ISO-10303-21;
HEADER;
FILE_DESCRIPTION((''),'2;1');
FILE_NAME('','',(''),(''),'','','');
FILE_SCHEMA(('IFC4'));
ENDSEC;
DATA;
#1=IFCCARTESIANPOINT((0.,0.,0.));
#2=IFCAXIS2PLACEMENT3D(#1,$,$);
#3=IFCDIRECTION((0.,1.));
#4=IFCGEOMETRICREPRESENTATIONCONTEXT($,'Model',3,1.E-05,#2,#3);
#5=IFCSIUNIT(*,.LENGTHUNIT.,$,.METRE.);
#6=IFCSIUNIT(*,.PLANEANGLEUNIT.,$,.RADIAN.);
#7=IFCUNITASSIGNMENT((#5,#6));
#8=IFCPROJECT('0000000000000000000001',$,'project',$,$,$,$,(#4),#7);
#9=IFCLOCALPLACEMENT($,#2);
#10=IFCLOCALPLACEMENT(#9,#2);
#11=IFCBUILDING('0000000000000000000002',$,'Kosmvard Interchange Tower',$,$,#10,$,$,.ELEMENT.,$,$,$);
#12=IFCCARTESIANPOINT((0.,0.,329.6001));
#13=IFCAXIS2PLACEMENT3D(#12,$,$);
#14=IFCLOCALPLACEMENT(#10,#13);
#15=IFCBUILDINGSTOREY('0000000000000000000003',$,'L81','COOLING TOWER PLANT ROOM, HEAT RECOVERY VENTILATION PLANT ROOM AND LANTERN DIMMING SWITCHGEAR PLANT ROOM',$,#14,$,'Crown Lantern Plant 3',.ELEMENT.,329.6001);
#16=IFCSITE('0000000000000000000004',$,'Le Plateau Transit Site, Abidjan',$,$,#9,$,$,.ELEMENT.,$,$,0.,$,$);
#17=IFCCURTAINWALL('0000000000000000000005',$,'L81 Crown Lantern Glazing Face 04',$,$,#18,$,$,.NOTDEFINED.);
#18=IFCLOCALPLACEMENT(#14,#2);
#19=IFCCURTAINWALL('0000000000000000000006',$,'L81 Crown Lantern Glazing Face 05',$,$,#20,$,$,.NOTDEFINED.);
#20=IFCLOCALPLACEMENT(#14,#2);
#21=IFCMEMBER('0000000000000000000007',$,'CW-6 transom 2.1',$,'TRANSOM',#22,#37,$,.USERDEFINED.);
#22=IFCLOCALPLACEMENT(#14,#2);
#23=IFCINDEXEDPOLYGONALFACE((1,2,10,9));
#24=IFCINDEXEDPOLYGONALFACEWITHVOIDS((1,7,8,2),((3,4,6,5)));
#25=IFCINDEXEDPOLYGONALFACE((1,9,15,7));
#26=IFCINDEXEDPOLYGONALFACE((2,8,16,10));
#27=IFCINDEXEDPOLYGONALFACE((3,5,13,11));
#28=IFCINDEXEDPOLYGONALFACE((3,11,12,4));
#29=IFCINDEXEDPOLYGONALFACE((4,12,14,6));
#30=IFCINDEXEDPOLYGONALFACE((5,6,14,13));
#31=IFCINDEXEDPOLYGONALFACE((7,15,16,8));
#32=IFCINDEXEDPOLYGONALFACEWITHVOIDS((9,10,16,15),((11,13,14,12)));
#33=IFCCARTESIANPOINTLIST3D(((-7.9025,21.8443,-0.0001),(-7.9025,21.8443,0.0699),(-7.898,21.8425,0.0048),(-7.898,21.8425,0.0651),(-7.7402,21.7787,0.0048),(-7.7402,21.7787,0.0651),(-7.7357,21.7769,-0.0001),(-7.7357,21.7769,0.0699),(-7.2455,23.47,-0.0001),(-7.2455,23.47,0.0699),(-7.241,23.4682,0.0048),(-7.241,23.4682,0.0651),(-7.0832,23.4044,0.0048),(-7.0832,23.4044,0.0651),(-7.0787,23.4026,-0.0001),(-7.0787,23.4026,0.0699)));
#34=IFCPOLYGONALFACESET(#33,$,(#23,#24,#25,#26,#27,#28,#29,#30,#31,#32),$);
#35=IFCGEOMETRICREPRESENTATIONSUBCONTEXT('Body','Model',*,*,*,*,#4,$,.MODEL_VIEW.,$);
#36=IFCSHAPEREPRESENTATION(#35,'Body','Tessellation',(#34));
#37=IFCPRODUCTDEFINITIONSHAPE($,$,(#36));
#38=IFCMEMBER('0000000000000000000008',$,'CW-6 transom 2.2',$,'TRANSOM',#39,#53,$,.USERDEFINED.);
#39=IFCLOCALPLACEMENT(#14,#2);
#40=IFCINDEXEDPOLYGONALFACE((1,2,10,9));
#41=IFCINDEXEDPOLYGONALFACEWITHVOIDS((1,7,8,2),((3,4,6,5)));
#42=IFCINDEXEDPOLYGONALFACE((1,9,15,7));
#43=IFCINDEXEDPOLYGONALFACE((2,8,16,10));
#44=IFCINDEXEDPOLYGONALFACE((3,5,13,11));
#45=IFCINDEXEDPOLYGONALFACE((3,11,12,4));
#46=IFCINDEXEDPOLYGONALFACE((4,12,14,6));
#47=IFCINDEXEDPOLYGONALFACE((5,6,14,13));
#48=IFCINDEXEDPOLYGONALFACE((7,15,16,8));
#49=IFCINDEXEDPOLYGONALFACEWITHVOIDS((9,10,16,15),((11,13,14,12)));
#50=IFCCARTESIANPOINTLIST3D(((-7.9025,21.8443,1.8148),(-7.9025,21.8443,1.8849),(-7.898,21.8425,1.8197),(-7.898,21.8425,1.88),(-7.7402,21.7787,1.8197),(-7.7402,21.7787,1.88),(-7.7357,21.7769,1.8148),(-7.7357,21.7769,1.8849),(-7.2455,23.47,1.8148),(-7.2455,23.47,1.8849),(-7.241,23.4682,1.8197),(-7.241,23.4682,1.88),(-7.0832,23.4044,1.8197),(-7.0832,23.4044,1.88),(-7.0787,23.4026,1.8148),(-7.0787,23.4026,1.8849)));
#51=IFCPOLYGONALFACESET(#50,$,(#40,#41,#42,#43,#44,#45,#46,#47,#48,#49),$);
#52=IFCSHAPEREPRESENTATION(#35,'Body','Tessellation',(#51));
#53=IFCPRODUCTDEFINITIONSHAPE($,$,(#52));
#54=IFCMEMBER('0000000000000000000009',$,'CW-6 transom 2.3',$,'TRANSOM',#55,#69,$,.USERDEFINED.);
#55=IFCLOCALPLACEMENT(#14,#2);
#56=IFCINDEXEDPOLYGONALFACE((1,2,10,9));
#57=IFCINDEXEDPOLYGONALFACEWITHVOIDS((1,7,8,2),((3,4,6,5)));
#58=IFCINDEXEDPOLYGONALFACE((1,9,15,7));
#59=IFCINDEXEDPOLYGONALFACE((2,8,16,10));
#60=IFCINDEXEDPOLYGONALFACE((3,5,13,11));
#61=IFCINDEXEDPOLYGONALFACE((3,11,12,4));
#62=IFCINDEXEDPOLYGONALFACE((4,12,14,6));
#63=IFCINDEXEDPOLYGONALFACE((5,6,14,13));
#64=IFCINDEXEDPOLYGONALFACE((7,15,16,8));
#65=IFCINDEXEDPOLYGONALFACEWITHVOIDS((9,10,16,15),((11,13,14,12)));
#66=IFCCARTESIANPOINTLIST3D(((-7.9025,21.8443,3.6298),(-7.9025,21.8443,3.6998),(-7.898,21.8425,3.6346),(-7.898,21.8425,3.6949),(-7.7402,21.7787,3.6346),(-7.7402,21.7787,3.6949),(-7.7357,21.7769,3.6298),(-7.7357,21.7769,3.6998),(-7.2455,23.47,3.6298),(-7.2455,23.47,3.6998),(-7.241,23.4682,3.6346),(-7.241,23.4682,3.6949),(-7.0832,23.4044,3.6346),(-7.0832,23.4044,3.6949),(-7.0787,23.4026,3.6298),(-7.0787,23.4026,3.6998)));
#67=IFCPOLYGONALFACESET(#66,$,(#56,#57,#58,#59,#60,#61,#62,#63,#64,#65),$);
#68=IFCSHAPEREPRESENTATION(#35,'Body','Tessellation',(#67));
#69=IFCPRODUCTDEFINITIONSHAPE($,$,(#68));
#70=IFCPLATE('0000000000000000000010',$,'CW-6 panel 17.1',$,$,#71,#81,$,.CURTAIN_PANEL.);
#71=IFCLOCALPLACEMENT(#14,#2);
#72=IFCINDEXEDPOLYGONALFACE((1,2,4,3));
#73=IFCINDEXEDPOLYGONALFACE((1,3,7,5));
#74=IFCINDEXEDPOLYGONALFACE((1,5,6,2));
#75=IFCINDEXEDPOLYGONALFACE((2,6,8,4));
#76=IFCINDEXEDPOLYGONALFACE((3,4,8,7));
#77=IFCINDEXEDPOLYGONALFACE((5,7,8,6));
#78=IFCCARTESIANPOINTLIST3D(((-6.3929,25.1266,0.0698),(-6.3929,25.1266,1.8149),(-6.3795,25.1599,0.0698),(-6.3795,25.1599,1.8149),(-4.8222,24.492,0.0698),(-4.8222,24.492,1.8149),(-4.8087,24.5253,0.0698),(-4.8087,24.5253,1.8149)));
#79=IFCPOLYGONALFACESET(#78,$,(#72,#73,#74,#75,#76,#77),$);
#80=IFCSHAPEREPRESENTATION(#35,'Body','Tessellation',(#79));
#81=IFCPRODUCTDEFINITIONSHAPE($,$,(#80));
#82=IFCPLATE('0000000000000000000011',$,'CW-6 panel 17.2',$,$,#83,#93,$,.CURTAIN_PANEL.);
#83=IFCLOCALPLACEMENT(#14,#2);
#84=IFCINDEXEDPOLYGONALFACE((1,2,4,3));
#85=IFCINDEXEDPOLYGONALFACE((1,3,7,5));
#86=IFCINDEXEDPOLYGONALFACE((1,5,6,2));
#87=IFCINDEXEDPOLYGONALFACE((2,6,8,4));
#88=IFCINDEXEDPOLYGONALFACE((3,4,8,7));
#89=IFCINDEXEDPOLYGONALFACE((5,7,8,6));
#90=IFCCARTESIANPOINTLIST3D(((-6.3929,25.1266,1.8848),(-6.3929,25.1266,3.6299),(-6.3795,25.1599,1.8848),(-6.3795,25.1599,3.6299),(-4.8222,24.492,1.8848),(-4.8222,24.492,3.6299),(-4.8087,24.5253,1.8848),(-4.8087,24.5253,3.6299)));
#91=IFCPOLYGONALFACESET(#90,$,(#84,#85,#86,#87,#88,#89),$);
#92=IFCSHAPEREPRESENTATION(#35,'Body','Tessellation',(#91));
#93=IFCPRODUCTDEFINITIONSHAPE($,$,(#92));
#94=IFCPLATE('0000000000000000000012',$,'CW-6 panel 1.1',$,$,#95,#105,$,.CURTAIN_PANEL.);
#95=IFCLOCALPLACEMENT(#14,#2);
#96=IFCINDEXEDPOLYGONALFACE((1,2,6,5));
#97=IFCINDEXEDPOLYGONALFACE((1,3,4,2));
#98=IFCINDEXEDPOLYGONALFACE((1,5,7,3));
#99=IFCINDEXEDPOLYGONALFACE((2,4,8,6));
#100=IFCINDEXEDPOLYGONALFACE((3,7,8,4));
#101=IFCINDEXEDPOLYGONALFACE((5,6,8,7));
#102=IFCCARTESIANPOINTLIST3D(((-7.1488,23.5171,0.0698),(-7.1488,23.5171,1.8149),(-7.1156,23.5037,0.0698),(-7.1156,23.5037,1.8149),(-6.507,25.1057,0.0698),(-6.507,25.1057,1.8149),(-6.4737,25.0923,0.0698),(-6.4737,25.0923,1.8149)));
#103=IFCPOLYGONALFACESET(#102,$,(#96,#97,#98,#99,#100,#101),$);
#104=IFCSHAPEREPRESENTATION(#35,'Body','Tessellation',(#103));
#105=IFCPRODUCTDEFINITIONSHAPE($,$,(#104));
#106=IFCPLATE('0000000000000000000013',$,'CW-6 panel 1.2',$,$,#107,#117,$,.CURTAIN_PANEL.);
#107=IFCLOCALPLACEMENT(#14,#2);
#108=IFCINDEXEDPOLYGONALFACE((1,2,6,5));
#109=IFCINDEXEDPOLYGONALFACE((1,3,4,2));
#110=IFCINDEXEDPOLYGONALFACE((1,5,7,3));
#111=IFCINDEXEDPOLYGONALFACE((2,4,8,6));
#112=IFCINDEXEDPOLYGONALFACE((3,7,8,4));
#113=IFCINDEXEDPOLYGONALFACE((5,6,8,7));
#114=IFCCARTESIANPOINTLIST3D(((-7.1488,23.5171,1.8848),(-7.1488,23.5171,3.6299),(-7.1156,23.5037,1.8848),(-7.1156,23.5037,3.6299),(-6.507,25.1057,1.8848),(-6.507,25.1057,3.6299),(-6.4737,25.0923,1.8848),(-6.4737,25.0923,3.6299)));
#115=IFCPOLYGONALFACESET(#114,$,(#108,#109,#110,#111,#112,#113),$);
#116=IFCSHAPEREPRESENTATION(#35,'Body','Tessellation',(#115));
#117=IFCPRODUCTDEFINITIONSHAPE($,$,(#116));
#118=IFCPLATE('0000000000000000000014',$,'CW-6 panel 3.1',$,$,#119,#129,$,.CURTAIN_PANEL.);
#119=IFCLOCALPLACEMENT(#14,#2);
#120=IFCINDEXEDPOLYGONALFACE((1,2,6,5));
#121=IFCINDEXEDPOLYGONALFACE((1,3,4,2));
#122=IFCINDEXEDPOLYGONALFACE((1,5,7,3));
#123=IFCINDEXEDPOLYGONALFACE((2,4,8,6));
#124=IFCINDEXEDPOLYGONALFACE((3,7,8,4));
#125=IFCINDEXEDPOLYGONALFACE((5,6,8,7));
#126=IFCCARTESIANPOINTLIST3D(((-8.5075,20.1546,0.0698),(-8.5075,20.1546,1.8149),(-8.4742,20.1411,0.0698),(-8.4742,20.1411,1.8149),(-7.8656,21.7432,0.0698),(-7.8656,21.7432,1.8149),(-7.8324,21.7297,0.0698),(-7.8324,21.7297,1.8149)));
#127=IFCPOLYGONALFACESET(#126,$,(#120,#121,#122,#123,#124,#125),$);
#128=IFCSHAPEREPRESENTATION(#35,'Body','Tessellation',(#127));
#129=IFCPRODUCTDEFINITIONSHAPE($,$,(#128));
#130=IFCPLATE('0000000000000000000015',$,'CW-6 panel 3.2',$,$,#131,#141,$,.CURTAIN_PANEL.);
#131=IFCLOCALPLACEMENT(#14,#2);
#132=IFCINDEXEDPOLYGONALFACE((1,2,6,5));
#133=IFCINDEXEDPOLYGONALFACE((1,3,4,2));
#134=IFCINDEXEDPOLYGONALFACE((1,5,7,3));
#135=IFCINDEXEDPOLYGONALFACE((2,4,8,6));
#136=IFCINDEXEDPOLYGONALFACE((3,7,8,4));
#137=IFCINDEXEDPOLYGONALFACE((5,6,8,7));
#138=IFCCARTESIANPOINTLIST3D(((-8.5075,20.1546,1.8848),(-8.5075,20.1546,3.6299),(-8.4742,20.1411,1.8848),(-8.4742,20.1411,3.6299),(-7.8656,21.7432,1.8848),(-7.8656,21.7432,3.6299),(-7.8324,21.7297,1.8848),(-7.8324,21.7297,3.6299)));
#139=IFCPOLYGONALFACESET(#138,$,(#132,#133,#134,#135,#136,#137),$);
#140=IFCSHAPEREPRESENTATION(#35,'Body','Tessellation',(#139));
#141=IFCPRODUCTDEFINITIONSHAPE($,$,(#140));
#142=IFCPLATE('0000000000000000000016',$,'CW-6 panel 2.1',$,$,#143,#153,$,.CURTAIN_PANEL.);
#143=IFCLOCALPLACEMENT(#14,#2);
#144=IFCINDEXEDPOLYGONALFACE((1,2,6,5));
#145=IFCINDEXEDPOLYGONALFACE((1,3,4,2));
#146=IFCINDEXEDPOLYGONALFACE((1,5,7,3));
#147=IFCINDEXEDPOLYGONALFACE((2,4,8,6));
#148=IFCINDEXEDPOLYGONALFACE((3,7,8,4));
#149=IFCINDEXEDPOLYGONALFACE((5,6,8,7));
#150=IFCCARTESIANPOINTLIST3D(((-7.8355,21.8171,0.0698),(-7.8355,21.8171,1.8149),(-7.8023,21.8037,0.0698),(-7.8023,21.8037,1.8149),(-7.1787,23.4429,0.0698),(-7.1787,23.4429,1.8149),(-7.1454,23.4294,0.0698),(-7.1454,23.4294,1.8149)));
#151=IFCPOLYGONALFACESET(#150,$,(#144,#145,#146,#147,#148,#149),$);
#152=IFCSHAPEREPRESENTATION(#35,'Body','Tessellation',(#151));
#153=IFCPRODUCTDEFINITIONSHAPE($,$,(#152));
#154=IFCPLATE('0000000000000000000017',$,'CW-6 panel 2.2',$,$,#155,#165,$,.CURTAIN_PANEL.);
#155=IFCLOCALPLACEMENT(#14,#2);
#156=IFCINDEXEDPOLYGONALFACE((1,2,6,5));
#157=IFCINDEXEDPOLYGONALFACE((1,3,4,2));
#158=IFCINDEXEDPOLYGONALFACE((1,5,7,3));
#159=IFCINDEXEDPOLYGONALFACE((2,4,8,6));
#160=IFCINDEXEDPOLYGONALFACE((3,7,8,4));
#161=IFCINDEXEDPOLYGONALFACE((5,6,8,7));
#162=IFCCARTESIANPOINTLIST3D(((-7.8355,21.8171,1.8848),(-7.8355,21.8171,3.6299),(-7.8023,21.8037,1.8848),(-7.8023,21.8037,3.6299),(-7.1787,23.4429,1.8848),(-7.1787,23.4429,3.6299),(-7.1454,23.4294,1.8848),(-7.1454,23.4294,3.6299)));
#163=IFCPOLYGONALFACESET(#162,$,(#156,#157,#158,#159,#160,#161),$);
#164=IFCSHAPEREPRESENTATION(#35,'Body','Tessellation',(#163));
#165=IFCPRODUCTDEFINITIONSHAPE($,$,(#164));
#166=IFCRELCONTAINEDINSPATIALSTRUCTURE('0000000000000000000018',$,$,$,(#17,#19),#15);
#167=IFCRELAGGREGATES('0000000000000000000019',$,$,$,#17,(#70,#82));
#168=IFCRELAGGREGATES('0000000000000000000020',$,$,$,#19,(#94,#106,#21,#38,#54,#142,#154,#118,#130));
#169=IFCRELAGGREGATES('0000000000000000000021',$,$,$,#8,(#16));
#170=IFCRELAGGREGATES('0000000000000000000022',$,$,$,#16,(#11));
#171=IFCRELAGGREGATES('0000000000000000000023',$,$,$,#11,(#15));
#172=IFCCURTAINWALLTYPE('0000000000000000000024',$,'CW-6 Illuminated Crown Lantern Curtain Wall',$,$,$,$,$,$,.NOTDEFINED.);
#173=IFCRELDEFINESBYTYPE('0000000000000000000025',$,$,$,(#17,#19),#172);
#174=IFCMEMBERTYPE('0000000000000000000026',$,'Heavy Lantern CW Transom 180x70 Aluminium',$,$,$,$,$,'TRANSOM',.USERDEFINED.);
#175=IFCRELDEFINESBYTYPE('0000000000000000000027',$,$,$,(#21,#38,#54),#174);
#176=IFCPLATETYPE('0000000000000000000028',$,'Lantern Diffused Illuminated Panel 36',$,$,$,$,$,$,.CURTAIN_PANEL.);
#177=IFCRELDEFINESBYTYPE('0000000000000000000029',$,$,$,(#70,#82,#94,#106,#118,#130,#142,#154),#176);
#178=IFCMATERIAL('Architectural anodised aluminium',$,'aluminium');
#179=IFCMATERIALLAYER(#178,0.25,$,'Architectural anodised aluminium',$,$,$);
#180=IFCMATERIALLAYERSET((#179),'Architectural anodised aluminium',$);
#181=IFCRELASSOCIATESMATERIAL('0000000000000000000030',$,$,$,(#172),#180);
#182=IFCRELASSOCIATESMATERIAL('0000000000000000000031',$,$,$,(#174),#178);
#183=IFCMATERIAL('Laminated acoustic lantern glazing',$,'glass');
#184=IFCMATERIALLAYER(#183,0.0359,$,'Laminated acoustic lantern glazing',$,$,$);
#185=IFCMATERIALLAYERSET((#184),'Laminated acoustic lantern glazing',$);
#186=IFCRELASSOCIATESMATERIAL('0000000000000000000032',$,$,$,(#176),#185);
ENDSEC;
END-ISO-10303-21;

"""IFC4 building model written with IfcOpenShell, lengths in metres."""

from ifc_helpers import new_model, si_unit, direction, frame, origin, origin_2d, place, context, subcontext, project, spatial, rectangle, hollow_rectangle, extrude, source, transform, mapped, material, layer, layer_set, material_profile, profile_set, type_object, element, aggregate, save


model = new_model("IFC4")

# Units and contexts
model_context = context("Model", 3, precision=1e-05, world=origin(), true_north=direction((0.0, 1.0)))
body_context = subcontext(model_context, "Body", "Model", "MODEL_VIEW")
ifc_project = project(units=[si_unit("LENGTHUNIT", "METRE"), si_unit("PLANEANGLEUNIT", "RADIAN")], contexts=[model_context])

# Site, building, storey
site_placement = place(None, origin())
site = spatial("IfcSite", under=ifc_project, at=site_placement, Name="Le Plateau Transit Site, Abidjan", CompositionType="ELEMENT", RefElevation=0.0)
building_placement = place(site_placement, origin())
building = spatial("IfcBuilding", under=site, at=building_placement, Name="Kosmvard Interchange Tower", CompositionType="ELEMENT")
storey_placement = place(building_placement, frame((0.0, 0.0, 329.6001)))
storey = spatial("IfcBuildingStorey", under=building, at=storey_placement, Name="L81", Description="COOLING TOWER PLANT ROOM, HEAT RECOVERY VENTILATION PLANT ROOM AND LANTERN DIMMING SWITCHGEAR PLANT ROOM", LongName="Crown Lantern Plant 3", CompositionType="ELEMENT", Elevation=329.6001)

# Curtain wall
ifc_material_1 = material(Name="Architectural anodised aluminium", Category="aluminium")
ifc_layer_1 = layer(ifc_material_1, 0.25, Name="Architectural anodised aluminium")
ifc_layer_set_1 = layer_set([ifc_layer_1], Name="Architectural anodised aluminium")
curtain_wall_type = type_object("IfcCurtainWallType", Name="CW-6 Illuminated Crown Lantern Curtain Wall", PredefinedType="NOTDEFINED", material=ifc_layer_set_1)
curtain_wall_1_placement = place(storey_placement, origin())
curtain_wall_1 = element("IfcCurtainWall", 1, at=curtain_wall_1_placement, inside=storey, type_object=curtain_wall_type, Name="L81 Crown Lantern Glazing Face 04", PredefinedType="NOTDEFINED")

# Curtain wall, members
curtain_wall_2_placement = place(storey_placement, origin())
curtain_wall_2 = element("IfcCurtainWall", 2, at=curtain_wall_2_placement, inside=storey, type_object=curtain_wall_type, Name="L81 Crown Lantern Glazing Face 05", PredefinedType="NOTDEFINED")
ifc_material_profile_1 = material_profile(ifc_material_1, hollow_rectangle(XDim=0.1799, YDim=0.0701, WallThickness=0.0049, at=origin_2d()), Name="CWT 180x70x5")
ifc_profile_set_1 = profile_set([ifc_material_profile_1], Name="Architectural anodised aluminium")
member_type_1 = type_object("IfcMemberType", Name="Heavy Lantern CW Transom 180x70 Aluminium", ElementType="TRANSOM", PredefinedType="USERDEFINED", material=ifc_profile_set_1)
shared_shape_1 = source(origin(), body_context, "Body", "SweptSolid", [
    extrude(hollow_rectangle(XDim=0.1799, YDim=0.0701, WallThickness=0.0049, at=origin_2d()), origin(), (0.0, 0.0, 1.0), 1.7534),
])
member_1_placement = place(storey_placement, frame((-7.1621, 23.4363, 0.0349), z_axis=(-0.374677, -0.927155, 0.0), x_axis=(0.927155, -0.374677, 0.0)))
member_1 = element("IfcMember", 3, at=member_1_placement, type_object=member_type_1, Name="CW-6 transom 2.1", ObjectType="TRANSOM", PredefinedType="USERDEFINED", context=body_context, shape_type="MappedRepresentation", body=[
    mapped(shared_shape_1, transform((0.0, 0.0, 0.0), scale=1.0)),
])
member_2_placement = place(storey_placement, frame((-7.1621, 23.4363, 1.8499), z_axis=(-0.374677, -0.927155, 0.0), x_axis=(0.927155, -0.374677, 0.0)))
member_2 = element("IfcMember", 4, at=member_2_placement, type_object=member_type_1, Name="CW-6 transom 2.2", ObjectType="TRANSOM", PredefinedType="USERDEFINED", context=body_context, shape_type="MappedRepresentation", body=[
    mapped(shared_shape_1, transform((0.0, 0.0, 0.0), scale=1.0)),
])
member_3_placement = place(storey_placement, frame((-7.1621, 23.4363, 3.6648), z_axis=(-0.374677, -0.927155, 0.0), x_axis=(0.927155, -0.374677, 0.0)))
member_3 = element("IfcMember", 5, at=member_3_placement, type_object=member_type_1, Name="CW-6 transom 2.3", ObjectType="TRANSOM", PredefinedType="USERDEFINED", context=body_context, shape_type="MappedRepresentation", body=[
    mapped(shared_shape_1, transform((0.0, 0.0, 0.0), scale=1.0)),
])

# Plates
ifc_material_2 = material(Name="Laminated acoustic lantern glazing", Category="glass")
ifc_layer_2 = layer(ifc_material_2, 0.0359, Name="Laminated acoustic lantern glazing")
ifc_layer_set_2 = layer_set([ifc_layer_2], Name="Laminated acoustic lantern glazing")
plate_type = type_object("IfcPlateType", Name="Lantern Diffused Illuminated Panel 36", PredefinedType="CURTAIN_PANEL", material=ifc_layer_set_2)
shared_shape_2 = source(origin(), body_context, "Body", "SweptSolid", [
    extrude(rectangle(XDim=1.6941, YDim=0.0359, at=origin_2d()), origin(), (0.0, 0.0, 1.0), 1.7451),
])
plate_1_placement = place(storey_placement, frame((-5.6008, 24.8259, 0.0698), z_axis=(0.0, 0.0, 1.0), x_axis=(-0.927184, 0.374607, 0.0)))
plate_1 = element("IfcPlate", 6, at=plate_1_placement, type_object=plate_type, Name="CW-6 panel 17.1", PredefinedType="CURTAIN_PANEL", context=body_context, shape_type="MappedRepresentation", body=[
    mapped(shared_shape_2, transform((0.0, 0.0, 0.0), scale=1.0)),
])
plate_2_placement = place(storey_placement, frame((-5.6008, 24.8259, 1.8848), z_axis=(0.0, 0.0, 1.0), x_axis=(-0.927184, 0.374607, 0.0)))
plate_2 = element("IfcPlate", 7, at=plate_2_placement, type_object=plate_type, Name="CW-6 panel 17.2", PredefinedType="CURTAIN_PANEL", context=body_context, shape_type="MappedRepresentation", body=[
    mapped(shared_shape_2, transform((0.0, 0.0, 0.0), scale=1.0)),
])
aggregate(curtain_wall_1, [plate_1, plate_2])
shared_shape_3 = source(origin(), body_context, "Body", "SweptSolid", [
    extrude(rectangle(XDim=1.7134, YDim=0.0359, at=origin_2d()), origin(), (0.0, 0.0, 1.0), 1.7451),
])
plate_3_placement = place(storey_placement, frame((-6.8113, 24.3047, 0.0698), z_axis=(0.0, 0.0, 1.0), x_axis=(-0.374607, -0.927184, 0.0)))
plate_3 = element("IfcPlate", 8, at=plate_3_placement, type_object=plate_type, Name="CW-6 panel 1.1", PredefinedType="CURTAIN_PANEL", context=body_context, shape_type="MappedRepresentation", body=[
    mapped(shared_shape_3, transform((0.0, 0.0, 0.0), scale=1.0)),
])
plate_4_placement = place(storey_placement, frame((-6.8113, 24.3047, 1.8848), z_axis=(0.0, 0.0, 1.0), x_axis=(-0.374607, -0.927184, 0.0)))
plate_4 = element("IfcPlate", 9, at=plate_4_placement, type_object=plate_type, Name="CW-6 panel 1.2", PredefinedType="CURTAIN_PANEL", context=body_context, shape_type="MappedRepresentation", body=[
    mapped(shared_shape_3, transform((0.0, 0.0, 0.0), scale=1.0)),
])
plate_5_placement = place(storey_placement, frame((-8.1699, 20.9421, 0.0698), z_axis=(0.0, 0.0, 1.0), x_axis=(-0.374607, -0.927184, 0.0)))
plate_5 = element("IfcPlate", 10, at=plate_5_placement, type_object=plate_type, Name="CW-6 panel 3.1", PredefinedType="CURTAIN_PANEL", context=body_context, shape_type="MappedRepresentation", body=[
    mapped(shared_shape_3, transform((0.0, 0.0, 0.0), scale=1.0)),
])
plate_6_placement = place(storey_placement, frame((-8.1699, 20.9421, 1.8848), z_axis=(0.0, 0.0, 1.0), x_axis=(-0.374607, -0.927184, 0.0)))
plate_6 = element("IfcPlate", 11, at=plate_6_placement, type_object=plate_type, Name="CW-6 panel 3.2", PredefinedType="CURTAIN_PANEL", context=body_context, shape_type="MappedRepresentation", body=[
    mapped(shared_shape_3, transform((0.0, 0.0, 0.0), scale=1.0)),
])
shared_shape_4 = source(origin(), body_context, "Body", "SweptSolid", [
    extrude(rectangle(XDim=1.7534, YDim=0.0359, at=origin_2d()), origin(), (0.0, 0.0, 1.0), 1.7451),
])
plate_7_placement = place(storey_placement, frame((-7.4905, 22.6233, 0.0698), z_axis=(0.0, 0.0, 1.0), x_axis=(-0.374607, -0.927184, 0.0)))
plate_7 = element("IfcPlate", 12, at=plate_7_placement, type_object=plate_type, Name="CW-6 panel 2.1", PredefinedType="CURTAIN_PANEL", context=body_context, shape_type="MappedRepresentation", body=[
    mapped(shared_shape_4, transform((0.0, 0.0, 0.0), scale=1.0)),
])
plate_8_placement = place(storey_placement, frame((-7.4905, 22.6233, 1.8848), z_axis=(0.0, 0.0, 1.0), x_axis=(-0.374607, -0.927184, 0.0)))
plate_8 = element("IfcPlate", 13, at=plate_8_placement, type_object=plate_type, Name="CW-6 panel 2.2", PredefinedType="CURTAIN_PANEL", context=body_context, shape_type="MappedRepresentation", body=[
    mapped(shared_shape_4, transform((0.0, 0.0, 0.0), scale=1.0)),
])
aggregate(curtain_wall_2, [plate_3, plate_4, member_1, member_2, member_3, plate_7, plate_8, plate_5, plate_6])

save(model, "model.ifc")
